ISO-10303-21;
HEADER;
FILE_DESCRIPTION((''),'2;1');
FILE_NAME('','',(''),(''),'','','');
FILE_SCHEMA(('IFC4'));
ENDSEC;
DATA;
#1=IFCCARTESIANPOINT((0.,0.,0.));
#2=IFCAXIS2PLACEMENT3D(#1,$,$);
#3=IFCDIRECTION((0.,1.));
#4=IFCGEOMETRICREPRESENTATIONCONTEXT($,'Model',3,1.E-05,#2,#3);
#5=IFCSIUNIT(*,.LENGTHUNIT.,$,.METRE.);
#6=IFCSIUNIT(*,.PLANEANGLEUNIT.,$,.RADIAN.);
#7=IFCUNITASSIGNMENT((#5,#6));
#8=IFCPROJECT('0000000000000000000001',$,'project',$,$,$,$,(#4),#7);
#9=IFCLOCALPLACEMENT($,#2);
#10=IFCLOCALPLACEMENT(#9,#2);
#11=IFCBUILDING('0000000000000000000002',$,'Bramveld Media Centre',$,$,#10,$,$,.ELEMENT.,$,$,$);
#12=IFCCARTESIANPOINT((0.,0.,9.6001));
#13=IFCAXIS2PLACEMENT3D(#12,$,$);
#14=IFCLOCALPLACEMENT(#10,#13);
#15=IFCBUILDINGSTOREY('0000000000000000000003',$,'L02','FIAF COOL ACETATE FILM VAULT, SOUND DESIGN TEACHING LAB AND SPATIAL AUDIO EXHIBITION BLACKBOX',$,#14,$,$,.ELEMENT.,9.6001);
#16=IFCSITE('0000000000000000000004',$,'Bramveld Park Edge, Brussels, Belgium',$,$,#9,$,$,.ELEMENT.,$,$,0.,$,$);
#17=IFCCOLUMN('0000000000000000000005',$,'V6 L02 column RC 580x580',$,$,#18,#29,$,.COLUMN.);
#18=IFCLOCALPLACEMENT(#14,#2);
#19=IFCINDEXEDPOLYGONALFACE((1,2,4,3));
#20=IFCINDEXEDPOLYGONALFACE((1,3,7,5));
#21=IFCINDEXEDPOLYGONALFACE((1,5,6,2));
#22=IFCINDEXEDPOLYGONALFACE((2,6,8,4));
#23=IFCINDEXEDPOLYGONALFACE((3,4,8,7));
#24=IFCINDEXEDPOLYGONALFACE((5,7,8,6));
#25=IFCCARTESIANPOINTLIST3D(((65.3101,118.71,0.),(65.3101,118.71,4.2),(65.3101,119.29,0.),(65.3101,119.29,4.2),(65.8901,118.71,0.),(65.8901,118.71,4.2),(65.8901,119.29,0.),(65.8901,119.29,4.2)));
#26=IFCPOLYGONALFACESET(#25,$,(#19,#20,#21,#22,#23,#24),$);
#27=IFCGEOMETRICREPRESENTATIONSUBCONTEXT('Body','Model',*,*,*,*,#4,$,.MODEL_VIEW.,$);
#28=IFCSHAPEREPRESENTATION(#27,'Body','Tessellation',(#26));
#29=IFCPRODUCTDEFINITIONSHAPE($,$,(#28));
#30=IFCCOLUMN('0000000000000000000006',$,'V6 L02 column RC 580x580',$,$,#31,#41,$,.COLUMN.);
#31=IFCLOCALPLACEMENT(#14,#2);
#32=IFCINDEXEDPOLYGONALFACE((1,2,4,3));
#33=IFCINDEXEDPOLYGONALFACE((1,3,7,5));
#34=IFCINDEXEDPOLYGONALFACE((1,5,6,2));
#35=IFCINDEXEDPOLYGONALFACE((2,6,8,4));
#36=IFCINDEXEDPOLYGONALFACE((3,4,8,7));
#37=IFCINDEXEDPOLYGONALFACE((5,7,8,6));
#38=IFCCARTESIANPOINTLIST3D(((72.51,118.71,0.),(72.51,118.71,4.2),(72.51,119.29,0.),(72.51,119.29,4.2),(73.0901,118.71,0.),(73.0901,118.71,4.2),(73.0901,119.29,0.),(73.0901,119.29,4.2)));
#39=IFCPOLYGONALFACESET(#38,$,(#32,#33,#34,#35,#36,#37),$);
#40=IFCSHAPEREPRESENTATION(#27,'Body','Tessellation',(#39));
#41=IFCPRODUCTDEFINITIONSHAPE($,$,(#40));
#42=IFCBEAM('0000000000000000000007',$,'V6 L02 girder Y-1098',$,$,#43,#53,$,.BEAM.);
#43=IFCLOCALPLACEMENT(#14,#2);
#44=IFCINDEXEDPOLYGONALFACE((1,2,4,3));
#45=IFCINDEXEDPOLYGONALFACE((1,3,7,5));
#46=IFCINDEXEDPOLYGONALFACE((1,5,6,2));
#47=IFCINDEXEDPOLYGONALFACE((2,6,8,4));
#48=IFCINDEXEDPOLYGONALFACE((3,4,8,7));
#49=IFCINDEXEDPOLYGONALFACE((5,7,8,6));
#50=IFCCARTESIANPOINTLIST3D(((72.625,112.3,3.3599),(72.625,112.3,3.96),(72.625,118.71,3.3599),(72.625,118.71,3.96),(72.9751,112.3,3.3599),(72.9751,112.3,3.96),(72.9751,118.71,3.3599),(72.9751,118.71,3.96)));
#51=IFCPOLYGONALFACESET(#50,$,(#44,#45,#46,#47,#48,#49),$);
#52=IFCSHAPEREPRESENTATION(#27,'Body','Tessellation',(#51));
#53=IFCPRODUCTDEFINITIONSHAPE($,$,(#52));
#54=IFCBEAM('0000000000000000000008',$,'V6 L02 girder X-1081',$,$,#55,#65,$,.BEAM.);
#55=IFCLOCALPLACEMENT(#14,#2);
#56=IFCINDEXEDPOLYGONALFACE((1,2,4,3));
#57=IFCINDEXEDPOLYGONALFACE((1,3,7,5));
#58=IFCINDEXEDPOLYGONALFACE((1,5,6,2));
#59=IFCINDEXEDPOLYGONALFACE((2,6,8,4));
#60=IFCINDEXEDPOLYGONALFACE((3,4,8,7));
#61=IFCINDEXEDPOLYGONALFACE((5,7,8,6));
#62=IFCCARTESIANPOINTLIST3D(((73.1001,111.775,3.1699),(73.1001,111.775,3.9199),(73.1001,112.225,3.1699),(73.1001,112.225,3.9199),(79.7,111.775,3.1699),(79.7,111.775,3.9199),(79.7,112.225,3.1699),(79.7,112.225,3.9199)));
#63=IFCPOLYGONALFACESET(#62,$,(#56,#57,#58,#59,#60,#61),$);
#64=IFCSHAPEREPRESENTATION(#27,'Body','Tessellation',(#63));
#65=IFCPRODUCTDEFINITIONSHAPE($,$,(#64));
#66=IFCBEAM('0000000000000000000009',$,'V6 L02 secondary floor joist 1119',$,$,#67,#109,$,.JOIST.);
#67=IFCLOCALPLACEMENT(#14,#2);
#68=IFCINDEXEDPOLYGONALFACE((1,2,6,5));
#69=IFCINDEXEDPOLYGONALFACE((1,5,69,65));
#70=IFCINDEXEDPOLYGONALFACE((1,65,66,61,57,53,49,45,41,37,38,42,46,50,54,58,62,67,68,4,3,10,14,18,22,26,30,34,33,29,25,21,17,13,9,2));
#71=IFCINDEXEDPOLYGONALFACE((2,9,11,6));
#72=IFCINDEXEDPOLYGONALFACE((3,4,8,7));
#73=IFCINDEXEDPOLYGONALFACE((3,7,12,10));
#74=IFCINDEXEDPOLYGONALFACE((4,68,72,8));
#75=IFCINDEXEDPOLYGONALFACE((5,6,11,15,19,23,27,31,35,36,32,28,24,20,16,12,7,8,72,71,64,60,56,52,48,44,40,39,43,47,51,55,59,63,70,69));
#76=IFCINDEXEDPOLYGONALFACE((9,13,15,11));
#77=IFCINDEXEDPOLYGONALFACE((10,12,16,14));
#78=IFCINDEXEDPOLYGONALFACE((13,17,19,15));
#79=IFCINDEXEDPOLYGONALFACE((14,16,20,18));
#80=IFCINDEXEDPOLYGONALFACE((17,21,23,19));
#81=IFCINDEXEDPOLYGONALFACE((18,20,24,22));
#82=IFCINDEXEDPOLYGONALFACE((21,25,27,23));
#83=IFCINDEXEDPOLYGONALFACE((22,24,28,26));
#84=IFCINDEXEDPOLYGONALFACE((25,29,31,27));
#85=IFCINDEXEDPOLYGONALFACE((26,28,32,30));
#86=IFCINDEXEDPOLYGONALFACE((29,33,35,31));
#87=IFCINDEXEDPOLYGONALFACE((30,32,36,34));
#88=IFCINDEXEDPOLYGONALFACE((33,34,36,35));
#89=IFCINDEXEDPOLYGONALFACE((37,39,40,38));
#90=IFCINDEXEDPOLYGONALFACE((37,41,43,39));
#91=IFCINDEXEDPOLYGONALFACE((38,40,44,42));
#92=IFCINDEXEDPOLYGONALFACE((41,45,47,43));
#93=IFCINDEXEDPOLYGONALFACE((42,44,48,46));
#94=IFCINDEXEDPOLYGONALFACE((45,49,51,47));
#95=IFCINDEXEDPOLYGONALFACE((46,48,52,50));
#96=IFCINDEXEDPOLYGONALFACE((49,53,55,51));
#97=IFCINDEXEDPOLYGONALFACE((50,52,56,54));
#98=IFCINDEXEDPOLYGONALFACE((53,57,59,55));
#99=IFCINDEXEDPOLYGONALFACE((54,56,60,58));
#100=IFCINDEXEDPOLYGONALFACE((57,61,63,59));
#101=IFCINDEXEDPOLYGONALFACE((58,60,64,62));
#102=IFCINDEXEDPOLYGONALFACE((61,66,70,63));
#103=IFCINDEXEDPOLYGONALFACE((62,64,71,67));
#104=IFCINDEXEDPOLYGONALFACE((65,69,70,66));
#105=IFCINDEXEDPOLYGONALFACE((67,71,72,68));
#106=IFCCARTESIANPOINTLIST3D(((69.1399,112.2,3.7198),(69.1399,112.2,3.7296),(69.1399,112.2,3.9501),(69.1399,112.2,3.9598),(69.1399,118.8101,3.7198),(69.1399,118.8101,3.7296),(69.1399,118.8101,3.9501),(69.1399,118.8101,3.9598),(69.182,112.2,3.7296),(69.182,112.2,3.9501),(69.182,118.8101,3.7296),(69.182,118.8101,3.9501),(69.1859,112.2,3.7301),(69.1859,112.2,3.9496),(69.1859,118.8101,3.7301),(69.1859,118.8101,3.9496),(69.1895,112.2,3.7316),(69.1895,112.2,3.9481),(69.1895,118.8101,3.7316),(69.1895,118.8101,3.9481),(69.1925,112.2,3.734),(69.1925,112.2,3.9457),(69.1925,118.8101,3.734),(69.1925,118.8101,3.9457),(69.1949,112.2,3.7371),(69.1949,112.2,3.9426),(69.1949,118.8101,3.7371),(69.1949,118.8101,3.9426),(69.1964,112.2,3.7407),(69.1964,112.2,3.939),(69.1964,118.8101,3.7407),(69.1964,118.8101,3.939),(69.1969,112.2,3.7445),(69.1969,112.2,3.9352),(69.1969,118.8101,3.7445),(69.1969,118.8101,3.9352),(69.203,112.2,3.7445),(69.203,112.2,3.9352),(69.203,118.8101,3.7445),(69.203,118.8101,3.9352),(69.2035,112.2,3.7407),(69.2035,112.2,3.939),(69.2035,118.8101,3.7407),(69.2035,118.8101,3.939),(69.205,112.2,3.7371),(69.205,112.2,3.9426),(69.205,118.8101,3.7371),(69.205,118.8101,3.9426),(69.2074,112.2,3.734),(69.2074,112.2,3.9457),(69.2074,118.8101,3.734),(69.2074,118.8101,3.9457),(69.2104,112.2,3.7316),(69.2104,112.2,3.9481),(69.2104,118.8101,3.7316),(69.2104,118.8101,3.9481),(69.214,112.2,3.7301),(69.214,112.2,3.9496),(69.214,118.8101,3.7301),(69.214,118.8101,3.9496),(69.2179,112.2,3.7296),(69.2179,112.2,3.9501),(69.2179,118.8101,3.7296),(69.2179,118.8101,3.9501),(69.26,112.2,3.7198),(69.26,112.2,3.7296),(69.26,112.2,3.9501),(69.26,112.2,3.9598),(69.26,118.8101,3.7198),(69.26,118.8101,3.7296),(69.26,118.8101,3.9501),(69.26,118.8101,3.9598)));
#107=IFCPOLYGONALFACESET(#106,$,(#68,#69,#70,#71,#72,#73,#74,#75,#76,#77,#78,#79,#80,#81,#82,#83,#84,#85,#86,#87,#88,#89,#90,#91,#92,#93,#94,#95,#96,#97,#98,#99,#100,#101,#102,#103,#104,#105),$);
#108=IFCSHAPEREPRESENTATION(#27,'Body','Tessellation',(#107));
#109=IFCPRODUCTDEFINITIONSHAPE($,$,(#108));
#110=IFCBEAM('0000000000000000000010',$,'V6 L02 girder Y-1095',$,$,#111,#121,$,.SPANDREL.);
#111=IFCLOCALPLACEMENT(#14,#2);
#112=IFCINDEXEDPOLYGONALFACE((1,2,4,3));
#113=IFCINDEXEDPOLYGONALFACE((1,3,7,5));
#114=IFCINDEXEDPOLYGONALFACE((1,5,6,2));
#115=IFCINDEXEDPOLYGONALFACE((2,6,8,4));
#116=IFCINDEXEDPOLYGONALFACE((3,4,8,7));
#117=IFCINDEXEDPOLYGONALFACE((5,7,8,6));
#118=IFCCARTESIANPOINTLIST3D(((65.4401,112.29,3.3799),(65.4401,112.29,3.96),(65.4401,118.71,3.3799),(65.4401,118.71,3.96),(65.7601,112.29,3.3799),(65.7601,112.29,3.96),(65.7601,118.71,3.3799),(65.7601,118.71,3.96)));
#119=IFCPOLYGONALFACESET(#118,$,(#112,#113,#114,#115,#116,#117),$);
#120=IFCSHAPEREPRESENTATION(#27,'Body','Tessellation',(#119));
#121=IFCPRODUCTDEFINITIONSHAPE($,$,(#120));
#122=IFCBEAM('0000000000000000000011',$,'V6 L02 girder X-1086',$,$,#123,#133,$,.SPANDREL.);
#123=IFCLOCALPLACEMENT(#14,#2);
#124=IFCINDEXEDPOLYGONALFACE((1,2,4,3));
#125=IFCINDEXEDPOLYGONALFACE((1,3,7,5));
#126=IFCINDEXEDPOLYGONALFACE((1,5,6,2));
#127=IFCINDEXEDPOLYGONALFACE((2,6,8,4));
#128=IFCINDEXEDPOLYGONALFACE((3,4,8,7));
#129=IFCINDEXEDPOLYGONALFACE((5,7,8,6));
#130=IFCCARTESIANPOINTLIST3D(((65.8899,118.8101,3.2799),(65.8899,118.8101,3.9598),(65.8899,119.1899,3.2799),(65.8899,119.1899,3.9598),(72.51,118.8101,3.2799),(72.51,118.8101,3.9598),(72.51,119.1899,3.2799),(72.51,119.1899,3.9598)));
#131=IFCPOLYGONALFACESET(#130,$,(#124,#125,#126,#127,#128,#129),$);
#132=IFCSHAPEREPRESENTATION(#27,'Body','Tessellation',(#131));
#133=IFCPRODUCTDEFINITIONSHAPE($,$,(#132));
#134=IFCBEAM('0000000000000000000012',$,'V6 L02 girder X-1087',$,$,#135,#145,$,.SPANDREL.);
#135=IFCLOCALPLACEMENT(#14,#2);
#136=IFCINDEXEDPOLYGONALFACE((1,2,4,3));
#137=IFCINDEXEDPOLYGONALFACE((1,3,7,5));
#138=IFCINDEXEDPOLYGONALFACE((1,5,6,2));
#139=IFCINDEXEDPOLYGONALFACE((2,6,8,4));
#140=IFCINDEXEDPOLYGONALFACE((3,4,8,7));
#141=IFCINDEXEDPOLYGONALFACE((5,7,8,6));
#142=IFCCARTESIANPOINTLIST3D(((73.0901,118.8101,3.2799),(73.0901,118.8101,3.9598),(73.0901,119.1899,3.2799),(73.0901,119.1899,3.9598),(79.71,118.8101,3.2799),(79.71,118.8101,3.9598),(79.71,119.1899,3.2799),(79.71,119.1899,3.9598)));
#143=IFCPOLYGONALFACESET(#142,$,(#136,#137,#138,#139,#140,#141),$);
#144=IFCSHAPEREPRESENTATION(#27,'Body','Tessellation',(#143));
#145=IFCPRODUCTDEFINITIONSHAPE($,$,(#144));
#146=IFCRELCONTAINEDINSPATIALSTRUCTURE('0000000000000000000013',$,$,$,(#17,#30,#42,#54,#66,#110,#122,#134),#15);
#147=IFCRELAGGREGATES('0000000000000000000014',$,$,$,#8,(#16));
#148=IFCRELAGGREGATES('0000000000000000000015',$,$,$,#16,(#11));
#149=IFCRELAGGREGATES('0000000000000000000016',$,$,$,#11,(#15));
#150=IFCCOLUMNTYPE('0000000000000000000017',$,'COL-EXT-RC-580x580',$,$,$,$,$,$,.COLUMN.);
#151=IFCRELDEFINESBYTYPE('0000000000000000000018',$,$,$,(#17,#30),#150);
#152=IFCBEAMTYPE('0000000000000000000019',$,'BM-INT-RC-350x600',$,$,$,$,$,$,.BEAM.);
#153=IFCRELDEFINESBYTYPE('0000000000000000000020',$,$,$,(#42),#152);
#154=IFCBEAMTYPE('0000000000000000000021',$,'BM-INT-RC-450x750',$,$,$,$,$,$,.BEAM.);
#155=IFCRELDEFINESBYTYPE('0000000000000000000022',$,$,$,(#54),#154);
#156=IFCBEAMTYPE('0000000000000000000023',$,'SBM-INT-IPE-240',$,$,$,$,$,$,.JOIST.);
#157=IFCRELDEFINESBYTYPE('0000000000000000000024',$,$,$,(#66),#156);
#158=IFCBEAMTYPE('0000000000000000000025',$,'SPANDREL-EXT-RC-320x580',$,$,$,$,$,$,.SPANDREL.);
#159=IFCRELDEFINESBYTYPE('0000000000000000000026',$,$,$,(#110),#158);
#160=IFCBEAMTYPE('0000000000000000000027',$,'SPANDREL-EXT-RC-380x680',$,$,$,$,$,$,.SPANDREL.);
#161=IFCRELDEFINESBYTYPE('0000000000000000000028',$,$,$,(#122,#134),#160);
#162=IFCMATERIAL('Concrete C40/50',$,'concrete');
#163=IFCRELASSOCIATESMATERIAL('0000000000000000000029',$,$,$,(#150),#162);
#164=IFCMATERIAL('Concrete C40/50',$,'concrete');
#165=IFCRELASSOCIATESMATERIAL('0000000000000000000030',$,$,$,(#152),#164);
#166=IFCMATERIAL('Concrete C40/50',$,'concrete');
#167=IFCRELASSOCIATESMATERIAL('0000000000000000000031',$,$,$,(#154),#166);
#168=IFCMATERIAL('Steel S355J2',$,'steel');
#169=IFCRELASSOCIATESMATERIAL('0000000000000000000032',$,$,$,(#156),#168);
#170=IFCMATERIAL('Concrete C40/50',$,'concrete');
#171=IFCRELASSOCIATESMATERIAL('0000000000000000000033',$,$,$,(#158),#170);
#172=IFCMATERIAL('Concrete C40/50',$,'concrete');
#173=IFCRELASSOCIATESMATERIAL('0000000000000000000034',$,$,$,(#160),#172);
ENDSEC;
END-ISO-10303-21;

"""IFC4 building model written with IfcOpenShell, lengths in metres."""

from ifc_helpers import new_model, si_unit, direction, frame, origin, origin_2d, place, context, subcontext, project, spatial, rectangle, i_section, extrude, material, material_profile, profile_set, type_object, element, save


model = new_model("IFC4")

# Units and contexts
model_context = context("Model", 3, precision=1e-05, world=origin(), true_north=direction((0.0, 1.0)))
body_context = subcontext(model_context, "Body", "Model", "MODEL_VIEW")
ifc_project = project(units=[si_unit("LENGTHUNIT", "METRE"), si_unit("PLANEANGLEUNIT", "RADIAN")], contexts=[model_context])

# Site, building, storey
site_placement = place(None, origin())
site = spatial("IfcSite", under=ifc_project, at=site_placement, Name="Bramveld Park Edge, Brussels, Belgium", CompositionType="ELEMENT", RefElevation=0.0)
building_placement = place(site_placement, origin())
building = spatial("IfcBuilding", under=site, at=building_placement, Name="Bramveld Media Centre", CompositionType="ELEMENT")
storey_placement = place(building_placement, frame((0.0, 0.0, 9.6001)))
storey = spatial("IfcBuildingStorey", under=building, at=storey_placement, Name="L02", Description="FIAF COOL ACETATE FILM VAULT, SOUND DESIGN TEACHING LAB AND SPATIAL AUDIO EXHIBITION BLACKBOX", CompositionType="ELEMENT", Elevation=9.6001)

# Columns
ifc_material_1 = material(Name="Concrete C40/50", Category="concrete")
ifc_material_profile_1 = material_profile(ifc_material_1, rectangle(XDim=0.5801, YDim=0.5801, at=origin_2d()), Name="RC 580x580")
ifc_profile_set_1 = profile_set([ifc_material_profile_1], Name="Concrete C40/50")
column_type = type_object("IfcColumnType", Name="COL-EXT-RC-580x580", PredefinedType="COLUMN", material=ifc_profile_set_1)
for number, where, z_axis, x_axis, name in (
    (1, (65.6001, 119.0, 0.0), (0.0, 0.0, 1.0), (1.0, 0.0, 0.0), "V6 L02 column RC 580x580"),
    (2, (72.8, 119.0, 0.0), (0.0, 0.0, 1.0), (1.0, 0.0, 0.0), "V6 L02 column RC 580x580"),
):
    element("IfcColumn", number, at=place(storey_placement, frame(where, z_axis=z_axis, x_axis=x_axis)), inside=storey, type_object=column_type, Name=name, PredefinedType="COLUMN", context=body_context, shape_type="SweptSolid", body=[
        extrude(rectangle(XDim=0.5801, YDim=0.5801, at=origin_2d()), origin(), (0.0, 0.0, 1.0), 4.2),
    ])

# Beams
ifc_material_2 = material(Name="Concrete C40/50", Category="concrete")
ifc_material_profile_2 = material_profile(ifc_material_2, rectangle(XDim=0.3501, YDim=0.6001, at=origin_2d()), Name="RC 350x600")
ifc_profile_set_2 = profile_set([ifc_material_profile_2], Name="Concrete C40/50")
beam_type_1 = type_object("IfcBeamType", Name="BM-INT-RC-350x600", PredefinedType="BEAM", material=ifc_profile_set_2)
beam_1_placement = place(storey_placement, frame((72.8, 112.3, 3.6599), z_axis=(0.0, 1.0, 0.0), x_axis=(-1.0, 0.0, 0.0)))
element("IfcBeam", 3, at=beam_1_placement, inside=storey, type_object=beam_type_1, Name="V6 L02 girder Y-1098", PredefinedType="BEAM", context=body_context, shape_type="SweptSolid", body=[
    extrude(rectangle(XDim=0.3501, YDim=0.6001, at=origin_2d()), origin(), (0.0, 0.0, 1.0), 6.4099),
])
ifc_material_3 = material(Name="Concrete C40/50", Category="concrete")
ifc_material_profile_3 = material_profile(ifc_material_3, rectangle(XDim=0.45, YDim=0.75, at=origin_2d()), Name="RC 450x750")
ifc_profile_set_3 = profile_set([ifc_material_profile_3], Name="Concrete C40/50")
beam_type_2 = type_object("IfcBeamType", Name="BM-INT-RC-450x750", PredefinedType="BEAM", material=ifc_profile_set_3)
beam_2_placement = place(storey_placement, frame((73.1001, 112.0, 3.5449), z_axis=(1.0, 0.0, 0.0), x_axis=(0.0, 1.0, 0.0)))
element("IfcBeam", 4, at=beam_2_placement, inside=storey, type_object=beam_type_2, Name="V6 L02 girder X-1081", PredefinedType="BEAM", context=body_context, shape_type="SweptSolid", body=[
    extrude(rectangle(XDim=0.45, YDim=0.75, at=origin_2d()), origin(), (0.0, 0.0, 1.0), 6.5999),
])
ifc_material_4 = material(Name="Steel S355J2", Category="steel")
ifc_material_profile_4 = material_profile(ifc_material_4, i_section(OverallWidth=0.1201, OverallDepth=0.24, WebThickness=0.0061, FlangeThickness=0.0098, FilletRadius=0.0149, at=origin_2d()), Name="IPE 240")
ifc_profile_set_4 = profile_set([ifc_material_profile_4], Name="Steel S355J2")
beam_type_3 = type_object("IfcBeamType", Name="SBM-INT-IPE-240", PredefinedType="JOIST", material=ifc_profile_set_4)
beam_3_placement = place(storey_placement, frame((69.2, 112.2, 3.8398), z_axis=(0.0, 1.0, 0.0), x_axis=(-1.0, 0.0, 0.0)))
element("IfcBeam", 5, at=beam_3_placement, inside=storey, type_object=beam_type_3, Name="V6 L02 secondary floor joist 1119", PredefinedType="JOIST", context=body_context, shape_type="SweptSolid", body=[
    extrude(i_section(OverallWidth=0.1201, OverallDepth=0.24, WebThickness=0.0061, FlangeThickness=0.0098, FilletRadius=0.0149, at=origin_2d()), origin(), (0.0, 0.0, 1.0), 6.6101),
])
ifc_material_5 = material(Name="Concrete C40/50", Category="concrete")
ifc_material_profile_5 = material_profile(ifc_material_5, rectangle(XDim=0.3201, YDim=0.5801, at=origin_2d()), Name="RC 320x580")
ifc_profile_set_5 = profile_set([ifc_material_profile_5], Name="Concrete C40/50")
beam_type_4 = type_object("IfcBeamType", Name="SPANDREL-EXT-RC-320x580", PredefinedType="SPANDREL", material=ifc_profile_set_5)
beam_4_placement = place(storey_placement, frame((65.6001, 112.29, 3.6699), z_axis=(0.0, 1.0, 0.0), x_axis=(-1.0, 0.0, 0.0)))
element("IfcBeam", 6, at=beam_4_placement, inside=storey, type_object=beam_type_4, Name="V6 L02 girder Y-1095", PredefinedType="SPANDREL", context=body_context, shape_type="SweptSolid", body=[
    extrude(rectangle(XDim=0.3201, YDim=0.5801, at=origin_2d()), origin(), (0.0, 0.0, 1.0), 6.4199),
])
ifc_material_6 = material(Name="Concrete C40/50", Category="concrete")
ifc_material_profile_6 = material_profile(ifc_material_6, rectangle(XDim=0.3799, YDim=0.6799, at=origin_2d()), Name="RC 380x680")
ifc_profile_set_6 = profile_set([ifc_material_profile_6], Name="Concrete C40/50")
beam_type_5 = type_object("IfcBeamType", Name="SPANDREL-EXT-RC-380x680", PredefinedType="SPANDREL", material=ifc_profile_set_6)
beam_5_placement = place(storey_placement, frame((65.8899, 119.0, 3.6199), z_axis=(1.0, 0.0, 0.0), x_axis=(0.0, 1.0, 0.0)))
element("IfcBeam", 7, at=beam_5_placement, inside=storey, type_object=beam_type_5, Name="V6 L02 girder X-1086", PredefinedType="SPANDREL", context=body_context, shape_type="SweptSolid", body=[
    extrude(rectangle(XDim=0.3799, YDim=0.6799, at=origin_2d()), origin(), (0.0, 0.0, 1.0), 6.6201),
])
beam_6_placement = place(storey_placement, frame((73.0901, 119.0, 3.6199), z_axis=(1.0, 0.0, 0.0), x_axis=(0.0, 1.0, 0.0)))
element("IfcBeam", 8, at=beam_6_placement, inside=storey, type_object=beam_type_5, Name="V6 L02 girder X-1087", PredefinedType="SPANDREL", context=body_context, shape_type="SweptSolid", body=[
    extrude(rectangle(XDim=0.3799, YDim=0.6799, at=origin_2d()), origin(), (0.0, 0.0, 1.0), 6.6199),
])

save(model, "model.ifc")
